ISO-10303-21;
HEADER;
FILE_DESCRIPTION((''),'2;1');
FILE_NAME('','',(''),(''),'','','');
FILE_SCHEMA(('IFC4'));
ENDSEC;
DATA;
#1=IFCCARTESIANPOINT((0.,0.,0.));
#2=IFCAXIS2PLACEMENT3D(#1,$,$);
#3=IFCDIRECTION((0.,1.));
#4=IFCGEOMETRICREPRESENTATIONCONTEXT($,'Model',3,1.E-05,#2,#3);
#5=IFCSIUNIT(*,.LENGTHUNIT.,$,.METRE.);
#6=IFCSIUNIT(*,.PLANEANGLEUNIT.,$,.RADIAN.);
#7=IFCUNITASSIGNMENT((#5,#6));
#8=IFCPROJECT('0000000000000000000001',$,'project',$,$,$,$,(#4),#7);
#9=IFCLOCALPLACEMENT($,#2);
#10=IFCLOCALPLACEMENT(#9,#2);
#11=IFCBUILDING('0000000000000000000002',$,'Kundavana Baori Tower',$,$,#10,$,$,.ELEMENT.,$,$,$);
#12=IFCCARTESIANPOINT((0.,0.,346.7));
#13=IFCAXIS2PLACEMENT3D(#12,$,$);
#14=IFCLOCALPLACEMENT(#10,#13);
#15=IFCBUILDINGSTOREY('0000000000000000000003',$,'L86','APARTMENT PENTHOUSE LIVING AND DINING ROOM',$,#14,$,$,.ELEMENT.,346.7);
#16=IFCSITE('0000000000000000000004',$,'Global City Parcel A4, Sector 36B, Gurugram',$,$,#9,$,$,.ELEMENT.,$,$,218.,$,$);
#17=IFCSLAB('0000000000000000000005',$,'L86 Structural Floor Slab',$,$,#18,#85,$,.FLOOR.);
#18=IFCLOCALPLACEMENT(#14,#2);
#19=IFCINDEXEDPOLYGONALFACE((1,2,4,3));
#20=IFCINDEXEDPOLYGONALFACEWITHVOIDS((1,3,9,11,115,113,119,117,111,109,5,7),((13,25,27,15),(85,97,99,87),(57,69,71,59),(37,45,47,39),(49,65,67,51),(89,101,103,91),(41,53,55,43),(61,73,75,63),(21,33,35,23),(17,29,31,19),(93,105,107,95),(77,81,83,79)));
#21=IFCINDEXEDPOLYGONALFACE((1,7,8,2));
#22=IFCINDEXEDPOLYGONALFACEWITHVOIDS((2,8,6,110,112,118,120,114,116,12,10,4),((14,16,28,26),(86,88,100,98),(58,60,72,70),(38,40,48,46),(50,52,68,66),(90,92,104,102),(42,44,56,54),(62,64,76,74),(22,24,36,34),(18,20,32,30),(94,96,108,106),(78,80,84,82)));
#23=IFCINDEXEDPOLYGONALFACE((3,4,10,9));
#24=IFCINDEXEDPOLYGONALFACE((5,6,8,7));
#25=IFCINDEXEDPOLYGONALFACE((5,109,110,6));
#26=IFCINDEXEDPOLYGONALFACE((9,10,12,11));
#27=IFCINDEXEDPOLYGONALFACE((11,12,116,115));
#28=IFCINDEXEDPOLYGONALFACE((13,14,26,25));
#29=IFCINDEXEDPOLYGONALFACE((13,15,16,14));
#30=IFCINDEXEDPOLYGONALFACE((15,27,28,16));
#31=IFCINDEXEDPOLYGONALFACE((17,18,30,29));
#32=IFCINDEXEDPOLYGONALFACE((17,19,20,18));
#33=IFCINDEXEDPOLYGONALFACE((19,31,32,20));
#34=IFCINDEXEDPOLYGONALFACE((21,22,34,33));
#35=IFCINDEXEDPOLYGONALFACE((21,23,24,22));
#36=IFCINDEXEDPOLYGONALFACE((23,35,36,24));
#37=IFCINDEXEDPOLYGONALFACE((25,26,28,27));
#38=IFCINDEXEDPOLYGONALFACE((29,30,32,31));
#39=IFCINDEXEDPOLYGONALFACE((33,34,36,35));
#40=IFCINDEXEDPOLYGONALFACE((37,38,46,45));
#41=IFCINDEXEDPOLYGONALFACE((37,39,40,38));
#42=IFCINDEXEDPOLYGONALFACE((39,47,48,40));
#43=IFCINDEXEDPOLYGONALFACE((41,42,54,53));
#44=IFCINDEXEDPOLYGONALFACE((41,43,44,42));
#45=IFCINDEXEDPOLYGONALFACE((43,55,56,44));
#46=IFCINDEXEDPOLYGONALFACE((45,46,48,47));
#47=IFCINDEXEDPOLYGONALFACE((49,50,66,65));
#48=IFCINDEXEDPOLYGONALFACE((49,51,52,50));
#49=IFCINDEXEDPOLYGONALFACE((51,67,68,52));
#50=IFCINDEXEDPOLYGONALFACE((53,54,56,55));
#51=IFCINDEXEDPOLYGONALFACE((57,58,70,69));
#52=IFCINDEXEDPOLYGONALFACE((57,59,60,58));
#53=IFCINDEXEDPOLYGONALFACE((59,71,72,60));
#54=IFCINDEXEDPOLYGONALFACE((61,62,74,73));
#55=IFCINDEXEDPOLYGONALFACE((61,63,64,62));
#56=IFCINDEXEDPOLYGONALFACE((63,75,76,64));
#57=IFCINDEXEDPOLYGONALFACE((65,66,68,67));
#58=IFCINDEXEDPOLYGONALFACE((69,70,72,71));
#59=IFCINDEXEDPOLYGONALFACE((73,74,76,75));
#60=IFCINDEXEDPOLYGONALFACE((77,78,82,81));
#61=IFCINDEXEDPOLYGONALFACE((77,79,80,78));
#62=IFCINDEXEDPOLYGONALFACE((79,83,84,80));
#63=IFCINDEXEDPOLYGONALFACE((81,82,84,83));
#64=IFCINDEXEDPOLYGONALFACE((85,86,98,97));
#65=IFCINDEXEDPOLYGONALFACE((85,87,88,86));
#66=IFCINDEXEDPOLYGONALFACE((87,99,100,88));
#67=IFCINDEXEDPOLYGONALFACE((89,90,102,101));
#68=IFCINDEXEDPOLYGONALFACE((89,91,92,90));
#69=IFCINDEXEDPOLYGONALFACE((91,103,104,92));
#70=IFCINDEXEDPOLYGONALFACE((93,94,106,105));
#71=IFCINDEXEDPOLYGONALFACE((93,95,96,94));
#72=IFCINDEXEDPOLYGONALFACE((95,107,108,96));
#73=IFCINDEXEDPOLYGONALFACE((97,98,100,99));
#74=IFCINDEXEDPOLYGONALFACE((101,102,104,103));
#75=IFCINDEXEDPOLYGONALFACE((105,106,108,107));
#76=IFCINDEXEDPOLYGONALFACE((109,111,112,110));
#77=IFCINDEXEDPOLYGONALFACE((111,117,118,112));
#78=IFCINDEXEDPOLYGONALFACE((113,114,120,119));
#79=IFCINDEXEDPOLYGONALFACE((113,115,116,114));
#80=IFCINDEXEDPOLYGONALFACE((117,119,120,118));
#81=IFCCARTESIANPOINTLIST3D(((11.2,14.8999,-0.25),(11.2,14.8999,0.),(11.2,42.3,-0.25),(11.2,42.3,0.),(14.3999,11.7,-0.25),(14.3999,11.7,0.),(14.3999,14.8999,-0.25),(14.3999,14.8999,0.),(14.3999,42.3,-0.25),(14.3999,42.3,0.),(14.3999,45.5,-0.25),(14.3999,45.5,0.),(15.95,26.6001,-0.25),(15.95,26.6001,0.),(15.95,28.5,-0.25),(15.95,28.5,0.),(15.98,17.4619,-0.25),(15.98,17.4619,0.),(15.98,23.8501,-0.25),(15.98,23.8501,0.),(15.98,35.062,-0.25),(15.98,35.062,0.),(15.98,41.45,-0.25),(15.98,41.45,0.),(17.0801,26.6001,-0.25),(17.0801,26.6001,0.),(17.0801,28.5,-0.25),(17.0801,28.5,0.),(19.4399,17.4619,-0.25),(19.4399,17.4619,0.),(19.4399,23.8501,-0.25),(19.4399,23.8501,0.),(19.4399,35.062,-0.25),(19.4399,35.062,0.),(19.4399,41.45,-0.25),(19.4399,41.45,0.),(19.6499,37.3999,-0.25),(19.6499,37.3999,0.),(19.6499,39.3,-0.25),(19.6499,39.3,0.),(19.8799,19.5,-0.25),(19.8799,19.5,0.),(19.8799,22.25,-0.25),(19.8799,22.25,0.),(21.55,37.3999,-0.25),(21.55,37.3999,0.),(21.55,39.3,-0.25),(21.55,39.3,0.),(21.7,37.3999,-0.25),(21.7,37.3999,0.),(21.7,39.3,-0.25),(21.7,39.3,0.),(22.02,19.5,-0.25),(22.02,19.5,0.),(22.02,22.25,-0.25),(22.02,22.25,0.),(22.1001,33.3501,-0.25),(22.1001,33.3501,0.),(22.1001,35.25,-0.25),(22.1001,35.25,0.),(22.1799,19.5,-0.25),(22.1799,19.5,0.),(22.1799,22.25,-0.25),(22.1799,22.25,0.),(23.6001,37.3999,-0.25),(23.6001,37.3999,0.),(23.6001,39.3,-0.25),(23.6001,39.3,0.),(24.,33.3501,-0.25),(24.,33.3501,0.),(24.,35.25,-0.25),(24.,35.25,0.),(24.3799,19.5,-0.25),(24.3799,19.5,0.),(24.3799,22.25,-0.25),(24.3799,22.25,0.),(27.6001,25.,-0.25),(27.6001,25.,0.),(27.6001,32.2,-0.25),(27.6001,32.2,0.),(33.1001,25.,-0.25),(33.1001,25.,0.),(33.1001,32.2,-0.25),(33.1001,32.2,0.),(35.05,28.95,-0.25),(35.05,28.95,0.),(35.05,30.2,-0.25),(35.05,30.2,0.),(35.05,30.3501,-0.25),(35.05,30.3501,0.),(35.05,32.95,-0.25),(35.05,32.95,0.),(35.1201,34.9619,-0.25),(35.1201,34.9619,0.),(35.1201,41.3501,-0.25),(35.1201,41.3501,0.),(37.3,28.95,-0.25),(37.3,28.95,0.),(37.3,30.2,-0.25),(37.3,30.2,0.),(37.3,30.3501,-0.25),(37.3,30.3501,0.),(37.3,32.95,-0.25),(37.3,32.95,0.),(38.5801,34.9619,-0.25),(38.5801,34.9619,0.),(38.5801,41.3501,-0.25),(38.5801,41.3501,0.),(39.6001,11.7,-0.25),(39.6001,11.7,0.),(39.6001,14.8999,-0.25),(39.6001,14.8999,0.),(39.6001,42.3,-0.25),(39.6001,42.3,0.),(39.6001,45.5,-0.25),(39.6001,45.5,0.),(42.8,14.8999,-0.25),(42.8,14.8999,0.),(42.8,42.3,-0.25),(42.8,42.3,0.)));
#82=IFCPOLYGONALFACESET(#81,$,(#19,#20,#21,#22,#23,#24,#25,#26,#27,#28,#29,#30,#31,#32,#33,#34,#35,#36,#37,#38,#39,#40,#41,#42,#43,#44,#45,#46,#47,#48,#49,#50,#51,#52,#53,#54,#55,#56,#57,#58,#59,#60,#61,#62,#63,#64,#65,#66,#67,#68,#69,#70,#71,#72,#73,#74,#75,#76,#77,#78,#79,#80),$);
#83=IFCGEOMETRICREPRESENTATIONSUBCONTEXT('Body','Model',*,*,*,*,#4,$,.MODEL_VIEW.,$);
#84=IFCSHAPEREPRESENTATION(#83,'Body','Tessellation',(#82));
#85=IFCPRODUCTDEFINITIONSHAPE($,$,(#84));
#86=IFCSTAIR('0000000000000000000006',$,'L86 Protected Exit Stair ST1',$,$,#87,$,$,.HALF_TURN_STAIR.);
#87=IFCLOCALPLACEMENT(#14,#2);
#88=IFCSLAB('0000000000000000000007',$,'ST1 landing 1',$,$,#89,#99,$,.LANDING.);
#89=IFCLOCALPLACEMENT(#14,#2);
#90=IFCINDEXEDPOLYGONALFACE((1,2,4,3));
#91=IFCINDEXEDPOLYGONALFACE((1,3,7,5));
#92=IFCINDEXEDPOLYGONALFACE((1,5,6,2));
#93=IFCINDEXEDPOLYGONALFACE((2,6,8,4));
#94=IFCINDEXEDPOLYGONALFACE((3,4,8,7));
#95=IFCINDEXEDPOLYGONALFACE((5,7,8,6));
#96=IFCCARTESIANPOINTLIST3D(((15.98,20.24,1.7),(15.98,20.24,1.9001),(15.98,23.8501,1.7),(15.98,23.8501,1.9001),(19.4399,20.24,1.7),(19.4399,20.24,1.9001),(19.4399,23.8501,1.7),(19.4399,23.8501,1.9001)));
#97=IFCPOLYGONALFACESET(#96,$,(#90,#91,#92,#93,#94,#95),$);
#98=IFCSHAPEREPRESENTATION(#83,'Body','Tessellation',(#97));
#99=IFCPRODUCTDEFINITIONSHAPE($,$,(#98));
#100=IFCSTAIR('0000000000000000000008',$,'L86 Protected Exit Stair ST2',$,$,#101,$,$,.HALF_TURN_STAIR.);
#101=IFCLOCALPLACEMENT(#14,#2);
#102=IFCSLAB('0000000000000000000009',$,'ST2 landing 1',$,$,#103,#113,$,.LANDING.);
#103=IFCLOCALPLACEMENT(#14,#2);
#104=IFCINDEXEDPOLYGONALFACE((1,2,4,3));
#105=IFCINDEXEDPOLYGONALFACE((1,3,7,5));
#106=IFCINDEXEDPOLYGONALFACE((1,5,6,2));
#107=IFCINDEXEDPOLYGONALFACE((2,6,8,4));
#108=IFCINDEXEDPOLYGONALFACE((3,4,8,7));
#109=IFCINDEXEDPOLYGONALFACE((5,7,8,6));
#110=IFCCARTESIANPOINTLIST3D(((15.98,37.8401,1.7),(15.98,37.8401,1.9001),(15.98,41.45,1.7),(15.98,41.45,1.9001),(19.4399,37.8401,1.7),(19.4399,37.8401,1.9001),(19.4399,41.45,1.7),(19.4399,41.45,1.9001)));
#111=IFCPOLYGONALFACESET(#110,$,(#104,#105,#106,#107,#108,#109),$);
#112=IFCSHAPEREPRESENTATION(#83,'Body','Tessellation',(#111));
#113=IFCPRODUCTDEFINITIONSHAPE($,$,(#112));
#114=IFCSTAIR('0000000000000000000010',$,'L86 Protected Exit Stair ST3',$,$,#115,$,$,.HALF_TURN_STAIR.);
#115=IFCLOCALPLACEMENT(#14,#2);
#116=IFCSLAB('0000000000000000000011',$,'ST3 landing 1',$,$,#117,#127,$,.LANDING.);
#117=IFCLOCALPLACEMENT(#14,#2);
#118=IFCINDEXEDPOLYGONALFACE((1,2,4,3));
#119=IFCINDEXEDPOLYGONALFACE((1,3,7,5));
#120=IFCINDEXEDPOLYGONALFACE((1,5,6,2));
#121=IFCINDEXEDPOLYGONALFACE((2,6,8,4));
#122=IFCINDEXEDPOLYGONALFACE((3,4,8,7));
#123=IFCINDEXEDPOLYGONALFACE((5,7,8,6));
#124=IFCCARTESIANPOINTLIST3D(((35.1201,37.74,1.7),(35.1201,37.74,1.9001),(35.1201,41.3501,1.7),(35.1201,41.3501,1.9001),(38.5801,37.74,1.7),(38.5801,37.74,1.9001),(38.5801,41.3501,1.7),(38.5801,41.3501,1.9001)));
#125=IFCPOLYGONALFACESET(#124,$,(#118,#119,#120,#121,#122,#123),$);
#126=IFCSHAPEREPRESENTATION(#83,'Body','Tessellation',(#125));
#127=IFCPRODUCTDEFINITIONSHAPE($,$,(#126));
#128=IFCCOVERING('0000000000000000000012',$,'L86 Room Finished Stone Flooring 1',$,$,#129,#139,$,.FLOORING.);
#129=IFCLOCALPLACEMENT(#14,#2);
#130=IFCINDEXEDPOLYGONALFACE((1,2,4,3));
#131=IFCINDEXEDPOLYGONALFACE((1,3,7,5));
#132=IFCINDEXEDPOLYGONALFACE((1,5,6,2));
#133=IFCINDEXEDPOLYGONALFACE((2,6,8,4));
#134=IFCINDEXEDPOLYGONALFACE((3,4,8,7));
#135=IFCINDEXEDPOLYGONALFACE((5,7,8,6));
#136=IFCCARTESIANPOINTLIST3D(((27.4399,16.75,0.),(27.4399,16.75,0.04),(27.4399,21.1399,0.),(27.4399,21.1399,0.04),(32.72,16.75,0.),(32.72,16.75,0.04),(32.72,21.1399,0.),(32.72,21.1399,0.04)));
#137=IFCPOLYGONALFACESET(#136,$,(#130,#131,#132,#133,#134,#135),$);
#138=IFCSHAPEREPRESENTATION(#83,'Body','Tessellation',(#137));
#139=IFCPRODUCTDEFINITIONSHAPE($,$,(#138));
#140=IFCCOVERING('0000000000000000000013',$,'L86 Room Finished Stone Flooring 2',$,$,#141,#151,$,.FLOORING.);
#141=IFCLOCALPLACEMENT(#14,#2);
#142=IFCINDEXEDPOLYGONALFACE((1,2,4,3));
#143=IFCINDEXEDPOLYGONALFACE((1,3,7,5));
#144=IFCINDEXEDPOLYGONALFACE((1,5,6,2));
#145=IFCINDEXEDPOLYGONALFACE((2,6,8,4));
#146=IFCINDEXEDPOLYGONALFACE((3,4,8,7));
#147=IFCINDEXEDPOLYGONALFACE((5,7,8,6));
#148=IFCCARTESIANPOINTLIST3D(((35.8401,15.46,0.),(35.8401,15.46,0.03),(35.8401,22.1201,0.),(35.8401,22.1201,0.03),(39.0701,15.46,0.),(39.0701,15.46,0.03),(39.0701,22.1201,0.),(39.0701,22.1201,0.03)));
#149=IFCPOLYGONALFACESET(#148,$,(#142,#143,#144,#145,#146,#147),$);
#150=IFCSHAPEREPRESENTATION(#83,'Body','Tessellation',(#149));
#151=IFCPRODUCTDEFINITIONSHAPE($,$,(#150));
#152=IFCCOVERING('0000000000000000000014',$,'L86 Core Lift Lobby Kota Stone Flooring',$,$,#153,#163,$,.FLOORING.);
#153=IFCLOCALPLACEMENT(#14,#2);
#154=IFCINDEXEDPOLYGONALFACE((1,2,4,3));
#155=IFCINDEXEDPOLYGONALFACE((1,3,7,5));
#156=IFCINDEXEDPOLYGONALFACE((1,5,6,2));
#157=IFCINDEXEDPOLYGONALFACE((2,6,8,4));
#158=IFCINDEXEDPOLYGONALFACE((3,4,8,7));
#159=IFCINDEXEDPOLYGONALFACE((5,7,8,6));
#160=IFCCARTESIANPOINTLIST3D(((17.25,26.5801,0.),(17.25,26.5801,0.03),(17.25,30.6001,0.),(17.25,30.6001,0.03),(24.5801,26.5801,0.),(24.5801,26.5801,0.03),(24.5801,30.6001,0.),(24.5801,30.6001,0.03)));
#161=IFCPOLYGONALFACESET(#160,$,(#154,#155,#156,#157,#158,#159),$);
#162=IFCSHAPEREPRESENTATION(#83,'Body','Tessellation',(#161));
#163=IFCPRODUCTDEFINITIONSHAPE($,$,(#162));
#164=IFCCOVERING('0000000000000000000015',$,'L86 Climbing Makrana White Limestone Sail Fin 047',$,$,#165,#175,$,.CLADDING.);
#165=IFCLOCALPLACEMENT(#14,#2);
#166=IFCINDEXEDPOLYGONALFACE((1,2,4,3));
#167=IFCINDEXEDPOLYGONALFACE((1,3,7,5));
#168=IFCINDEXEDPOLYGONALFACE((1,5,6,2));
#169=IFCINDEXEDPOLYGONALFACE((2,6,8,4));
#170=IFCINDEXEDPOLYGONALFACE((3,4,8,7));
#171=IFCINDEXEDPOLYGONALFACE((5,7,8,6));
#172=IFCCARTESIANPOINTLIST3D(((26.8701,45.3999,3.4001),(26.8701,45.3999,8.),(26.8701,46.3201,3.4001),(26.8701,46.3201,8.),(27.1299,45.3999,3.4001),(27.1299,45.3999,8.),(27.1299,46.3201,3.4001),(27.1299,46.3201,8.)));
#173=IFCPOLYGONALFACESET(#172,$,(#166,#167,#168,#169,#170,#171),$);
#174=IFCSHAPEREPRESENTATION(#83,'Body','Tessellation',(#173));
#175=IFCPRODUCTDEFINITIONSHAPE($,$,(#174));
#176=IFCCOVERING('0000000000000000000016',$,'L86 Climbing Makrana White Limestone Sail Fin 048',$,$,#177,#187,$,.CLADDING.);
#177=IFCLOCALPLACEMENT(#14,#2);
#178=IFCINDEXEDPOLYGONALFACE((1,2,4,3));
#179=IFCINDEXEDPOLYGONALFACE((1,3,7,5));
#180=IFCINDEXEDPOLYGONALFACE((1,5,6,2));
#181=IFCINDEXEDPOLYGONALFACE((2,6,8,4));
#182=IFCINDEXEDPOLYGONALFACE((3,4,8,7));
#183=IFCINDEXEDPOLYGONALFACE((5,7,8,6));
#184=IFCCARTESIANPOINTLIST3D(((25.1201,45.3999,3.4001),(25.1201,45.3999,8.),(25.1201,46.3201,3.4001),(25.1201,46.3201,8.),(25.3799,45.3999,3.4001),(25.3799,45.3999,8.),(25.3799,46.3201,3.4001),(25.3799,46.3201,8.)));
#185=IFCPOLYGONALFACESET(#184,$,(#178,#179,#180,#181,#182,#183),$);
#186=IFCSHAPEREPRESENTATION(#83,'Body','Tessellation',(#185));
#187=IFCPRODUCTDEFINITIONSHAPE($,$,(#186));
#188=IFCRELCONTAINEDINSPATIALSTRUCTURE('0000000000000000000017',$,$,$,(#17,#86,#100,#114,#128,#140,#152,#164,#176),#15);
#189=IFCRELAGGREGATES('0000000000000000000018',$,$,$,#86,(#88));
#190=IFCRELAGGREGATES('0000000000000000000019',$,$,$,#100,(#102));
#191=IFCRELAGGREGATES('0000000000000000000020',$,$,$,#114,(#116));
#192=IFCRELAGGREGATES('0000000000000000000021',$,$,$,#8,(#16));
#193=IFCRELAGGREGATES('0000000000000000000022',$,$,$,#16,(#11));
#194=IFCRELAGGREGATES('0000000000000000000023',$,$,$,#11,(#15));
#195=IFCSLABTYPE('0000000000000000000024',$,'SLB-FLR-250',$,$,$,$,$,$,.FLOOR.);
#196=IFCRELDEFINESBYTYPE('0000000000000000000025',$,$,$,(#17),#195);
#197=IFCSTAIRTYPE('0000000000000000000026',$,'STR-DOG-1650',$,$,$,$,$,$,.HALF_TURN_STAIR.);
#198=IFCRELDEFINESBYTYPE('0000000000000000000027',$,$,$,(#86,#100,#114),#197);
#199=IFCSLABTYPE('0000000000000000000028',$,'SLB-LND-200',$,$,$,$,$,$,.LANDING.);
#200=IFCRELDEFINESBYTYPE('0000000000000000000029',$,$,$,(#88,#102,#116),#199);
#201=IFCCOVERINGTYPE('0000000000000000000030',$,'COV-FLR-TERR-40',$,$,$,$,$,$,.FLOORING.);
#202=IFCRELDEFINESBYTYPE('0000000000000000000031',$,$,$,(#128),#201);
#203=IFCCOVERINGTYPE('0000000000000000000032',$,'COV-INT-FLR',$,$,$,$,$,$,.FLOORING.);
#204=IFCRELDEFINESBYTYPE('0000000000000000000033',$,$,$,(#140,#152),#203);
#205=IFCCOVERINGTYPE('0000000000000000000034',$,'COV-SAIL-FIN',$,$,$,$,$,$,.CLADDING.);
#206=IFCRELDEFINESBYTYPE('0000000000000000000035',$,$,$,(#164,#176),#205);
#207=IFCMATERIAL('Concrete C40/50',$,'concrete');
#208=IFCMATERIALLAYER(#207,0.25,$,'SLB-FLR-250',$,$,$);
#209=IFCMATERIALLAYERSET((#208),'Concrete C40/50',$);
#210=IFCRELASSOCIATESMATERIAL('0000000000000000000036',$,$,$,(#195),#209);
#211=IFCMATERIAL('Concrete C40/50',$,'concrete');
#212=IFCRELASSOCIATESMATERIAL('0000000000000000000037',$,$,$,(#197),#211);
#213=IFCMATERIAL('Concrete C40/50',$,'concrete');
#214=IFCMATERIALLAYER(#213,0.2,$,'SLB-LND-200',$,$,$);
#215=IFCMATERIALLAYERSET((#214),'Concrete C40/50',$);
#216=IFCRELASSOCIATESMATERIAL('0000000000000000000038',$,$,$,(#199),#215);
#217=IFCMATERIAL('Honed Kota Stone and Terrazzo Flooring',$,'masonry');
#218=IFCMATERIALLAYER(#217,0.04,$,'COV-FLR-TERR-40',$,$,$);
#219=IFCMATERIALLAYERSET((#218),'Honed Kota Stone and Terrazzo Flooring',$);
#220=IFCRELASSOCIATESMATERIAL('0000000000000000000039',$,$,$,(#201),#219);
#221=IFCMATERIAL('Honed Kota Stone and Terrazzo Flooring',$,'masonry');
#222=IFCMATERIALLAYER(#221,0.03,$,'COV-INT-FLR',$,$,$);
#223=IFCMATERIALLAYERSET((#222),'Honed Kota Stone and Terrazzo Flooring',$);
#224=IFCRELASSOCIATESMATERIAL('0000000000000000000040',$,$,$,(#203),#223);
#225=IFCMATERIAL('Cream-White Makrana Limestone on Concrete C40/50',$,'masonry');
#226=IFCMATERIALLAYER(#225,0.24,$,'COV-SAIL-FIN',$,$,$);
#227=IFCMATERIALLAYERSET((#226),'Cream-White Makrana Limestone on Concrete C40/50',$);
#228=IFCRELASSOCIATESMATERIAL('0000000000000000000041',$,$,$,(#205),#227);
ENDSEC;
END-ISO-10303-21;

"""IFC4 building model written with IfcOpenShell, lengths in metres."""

from ifc_helpers import new_model, si_unit, direction, frame, origin, place, context, subcontext, project, spatial, polyline, outline, extrude, material, layer, layer_set, type_object, element, aggregate, save


model = new_model("IFC4")

# Units and contexts
model_context = context("Model", 3, precision=1e-05, world=origin(), true_north=direction((0.0, 1.0)))
body_context = subcontext(model_context, "Body", "Model", "MODEL_VIEW")
ifc_project = project(units=[si_unit("LENGTHUNIT", "METRE"), si_unit("PLANEANGLEUNIT", "RADIAN")], contexts=[model_context])

# Site, building, storey
site_placement = place(None, origin())
site = spatial("IfcSite", under=ifc_project, at=site_placement, Name="Global City Parcel A4, Sector 36B, Gurugram", CompositionType="ELEMENT", RefElevation=218.0)
building_placement = place(site_placement, origin())
building = spatial("IfcBuilding", under=site, at=building_placement, Name="Kundavana Baori Tower", CompositionType="ELEMENT")
storey_placement = place(building_placement, frame((0.0, 0.0, 346.7)))
storey = spatial("IfcBuildingStorey", under=building, at=storey_placement, Name="L86", Description="APARTMENT PENTHOUSE LIVING AND DINING ROOM", CompositionType="ELEMENT", Elevation=346.7)

# Slab
ifc_material_1 = material(Name="Concrete C40/50", Category="concrete")
ifc_layer_1 = layer(ifc_material_1, 0.25, Name="SLB-FLR-250")
ifc_layer_set_1 = layer_set([ifc_layer_1], Name="Concrete C40/50")
slab_type_1 = type_object("IfcSlabType", Name="SLB-FLR-250", PredefinedType="FLOOR", material=ifc_layer_set_1)
slab_1_placement = place(storey_placement, frame((0.0, 0.0, -0.25)))
element("IfcSlab", 1, at=slab_1_placement, inside=storey, type_object=slab_type_1, Name="L86 Structural Floor Slab", PredefinedType="FLOOR", context=body_context, shape_type="SweptSolid", body=[
    extrude(outline(polyline([(14.3999, 11.7), (39.6001, 11.7), (39.6001, 14.8999), (42.8, 14.8999), (42.8, 42.3), (39.6001, 42.3), (39.6001, 45.5), (14.3999, 45.5), (14.3999, 42.3), (11.2, 42.3), (11.2, 14.8999), (14.3999, 14.8999), (14.3999, 11.7)]), holes=[polyline([(19.4399, 17.4619), (19.4399, 23.8501), (15.98, 23.8501), (15.98, 17.4619), (19.4399, 17.4619)]), polyline([(19.4399, 35.062), (19.4399, 41.45), (15.98, 41.45), (15.98, 35.062), (19.4399, 35.062)]), polyline([(38.5801, 34.9619), (38.5801, 41.3501), (35.1201, 41.3501), (35.1201, 34.9619), (38.5801, 34.9619)]), polyline([(19.6499, 37.3999), (21.55, 37.3999), (21.55, 39.3), (19.6499, 39.3), (19.6499, 37.3999)]), polyline([(21.7, 37.3999), (23.6001, 37.3999), (23.6001, 39.3), (21.7, 39.3), (21.7, 37.3999)]), polyline([(22.1001, 33.3501), (24.0, 33.3501), (24.0, 35.25), (22.1001, 35.25), (22.1001, 33.3501)]), polyline([(19.8799, 19.5), (22.02, 19.5), (22.02, 22.25), (19.8799, 22.25), (19.8799, 19.5)]), polyline([(22.1799, 19.5), (24.3799, 19.5), (24.3799, 22.25), (22.1799, 22.25), (22.1799, 19.5)]), polyline([(35.05, 30.3501), (37.3, 30.3501), (37.3, 32.95), (35.05, 32.95), (35.05, 30.3501)]), polyline([(15.95, 26.6001), (17.0801, 26.6001), (17.0801, 28.5), (15.95, 28.5), (15.95, 26.6001)]), polyline([(35.05, 28.95), (37.3, 28.95), (37.3, 30.2), (35.05, 30.2), (35.05, 28.95)]), polyline([(27.6001, 25.0), (33.1001, 25.0), (33.1001, 32.2), (27.6001, 32.2), (27.6001, 25.0)])]), origin(), (0.0, 0.0, 1.0), 0.25),
])

# Stairs, slabs
ifc_material_2 = material(Name="Concrete C40/50", Category="concrete")
stair_type = type_object("IfcStairType", Name="STR-DOG-1650", PredefinedType="HALF_TURN_STAIR", material=ifc_material_2)
stair_1_placement = place(storey_placement, origin())
stair_1 = element("IfcStair", 2, at=stair_1_placement, inside=storey, type_object=stair_type, Name="L86 Protected Exit Stair ST1", PredefinedType="HALF_TURN_STAIR")
ifc_material_3 = material(Name="Concrete C40/50", Category="concrete")
ifc_layer_2 = layer(ifc_material_3, 0.2, Name="SLB-LND-200")
ifc_layer_set_2 = layer_set([ifc_layer_2], Name="Concrete C40/50")
slab_type_2 = type_object("IfcSlabType", Name="SLB-LND-200", PredefinedType="LANDING", material=ifc_layer_set_2)
slab_2_placement = place(storey_placement, frame((0.0, 0.0, 1.7)))
slab_2 = element("IfcSlab", 3, at=slab_2_placement, type_object=slab_type_2, Name="ST1 landing 1", PredefinedType="LANDING", context=body_context, shape_type="SweptSolid", body=[
    extrude(outline(polyline([(19.4399, 20.24), (19.4399, 23.8501), (15.98, 23.8501), (15.98, 20.24), (19.4399, 20.24)])), origin(), (0.0, 0.0, 1.0), 0.2002),
])
aggregate(stair_1, [slab_2])
stair_2_placement = place(storey_placement, origin())
stair_2 = element("IfcStair", 4, at=stair_2_placement, inside=storey, type_object=stair_type, Name="L86 Protected Exit Stair ST2", PredefinedType="HALF_TURN_STAIR")
slab_3_placement = place(storey_placement, frame((0.0, 0.0, 1.7)))
slab_3 = element("IfcSlab", 5, at=slab_3_placement, type_object=slab_type_2, Name="ST2 landing 1", PredefinedType="LANDING", context=body_context, shape_type="SweptSolid", body=[
    extrude(outline(polyline([(19.4399, 37.8401), (19.4399, 41.45), (15.98, 41.45), (15.98, 37.8401), (19.4399, 37.8401)])), origin(), (0.0, 0.0, 1.0), 0.2002),
])
aggregate(stair_2, [slab_3])
stair_3_placement = place(storey_placement, origin())
stair_3 = element("IfcStair", 6, at=stair_3_placement, inside=storey, type_object=stair_type, Name="L86 Protected Exit Stair ST3", PredefinedType="HALF_TURN_STAIR")
slab_4_placement = place(storey_placement, frame((0.0, 0.0, 1.7)))
slab_4 = element("IfcSlab", 7, at=slab_4_placement, type_object=slab_type_2, Name="ST3 landing 1", PredefinedType="LANDING", context=body_context, shape_type="SweptSolid", body=[
    extrude(outline(polyline([(38.5801, 37.74), (38.5801, 41.3501), (35.1201, 41.3501), (35.1201, 37.74), (38.5801, 37.74)])), origin(), (0.0, 0.0, 1.0), 0.2002),
])
aggregate(stair_3, [slab_4])

# Coverings
ifc_material_4 = material(Name="Honed Kota Stone and Terrazzo Flooring", Category="masonry")
ifc_layer_3 = layer(ifc_material_4, 0.04, Name="COV-FLR-TERR-40")
ifc_layer_set_3 = layer_set([ifc_layer_3], Name="Honed Kota Stone and Terrazzo Flooring")
covering_type_1 = type_object("IfcCoveringType", Name="COV-FLR-TERR-40", PredefinedType="FLOORING", material=ifc_layer_set_3)
covering_1_placement = place(storey_placement, origin())
element("IfcCovering", 8, at=covering_1_placement, inside=storey, type_object=covering_type_1, Name="L86 Room Finished Stone Flooring 1", PredefinedType="FLOORING", context=body_context, shape_type="SweptSolid", body=[
    extrude(outline(polyline([(27.4399, 16.75), (32.72, 16.75), (32.72, 21.1399), (27.4399, 21.1399), (27.4399, 16.75)])), origin(), (0.0, 0.0, 1.0), 0.04),
])
ifc_material_5 = material(Name="Honed Kota Stone and Terrazzo Flooring", Category="masonry")
ifc_layer_4 = layer(ifc_material_5, 0.03, Name="COV-INT-FLR")
ifc_layer_set_4 = layer_set([ifc_layer_4], Name="Honed Kota Stone and Terrazzo Flooring")
covering_type_2 = type_object("IfcCoveringType", Name="COV-INT-FLR", PredefinedType="FLOORING", material=ifc_layer_set_4)
covering_2_placement = place(storey_placement, origin())
element("IfcCovering", 9, at=covering_2_placement, inside=storey, type_object=covering_type_2, Name="L86 Room Finished Stone Flooring 2", PredefinedType="FLOORING", context=body_context, shape_type="SweptSolid", body=[
    extrude(outline(polyline([(35.8401, 15.46), (39.0701, 15.46), (39.0701, 22.1201), (35.8401, 22.1201), (35.8401, 15.46)])), origin(), (0.0, 0.0, 1.0), 0.03),
])
covering_3_placement = place(storey_placement, origin())
element("IfcCovering", 10, at=covering_3_placement, inside=storey, type_object=covering_type_2, Name="L86 Core Lift Lobby Kota Stone Flooring", PredefinedType="FLOORING", context=body_context, shape_type="SweptSolid", body=[
    extrude(outline(polyline([(17.25, 26.5801), (24.5801, 26.5801), (24.5801, 30.6001), (17.25, 30.6001), (17.25, 26.5801)])), origin(), (0.0, 0.0, 1.0), 0.03),
])
ifc_material_6 = material(Name="Cream-White Makrana Limestone on Concrete C40/50", Category="masonry")
ifc_layer_5 = layer(ifc_material_6, 0.24, Name="COV-SAIL-FIN")
ifc_layer_set_5 = layer_set([ifc_layer_5], Name="Cream-White Makrana Limestone on Concrete C40/50")
covering_type_3 = type_object("IfcCoveringType", Name="COV-SAIL-FIN", PredefinedType="CLADDING", material=ifc_layer_set_5)
covering_4_placement = place(storey_placement, frame((0.0, 0.0, 3.4001)))
element("IfcCovering", 11, at=covering_4_placement, inside=storey, type_object=covering_type_3, Name="L86 Climbing Makrana White Limestone Sail Fin 047", PredefinedType="CLADDING", context=body_context, shape_type="SweptSolid", body=[
    extrude(outline(polyline([(26.8701, 45.3999), (27.1299, 45.3999), (27.1299, 46.3201), (26.8701, 46.3201), (26.8701, 45.3999)])), origin(), (0.0, 0.0, 1.0), 4.5999),
])
covering_5_placement = place(storey_placement, frame((0.0, 0.0, 3.4001)))
element("IfcCovering", 12, at=covering_5_placement, inside=storey, type_object=covering_type_3, Name="L86 Climbing Makrana White Limestone Sail Fin 048", PredefinedType="CLADDING", context=body_context, shape_type="SweptSolid", body=[
    extrude(outline(polyline([(25.1201, 45.3999), (25.3799, 45.3999), (25.3799, 46.3201), (25.1201, 46.3201), (25.1201, 45.3999)])), origin(), (0.0, 0.0, 1.0), 4.5999),
])

save(model, "model.ifc")
